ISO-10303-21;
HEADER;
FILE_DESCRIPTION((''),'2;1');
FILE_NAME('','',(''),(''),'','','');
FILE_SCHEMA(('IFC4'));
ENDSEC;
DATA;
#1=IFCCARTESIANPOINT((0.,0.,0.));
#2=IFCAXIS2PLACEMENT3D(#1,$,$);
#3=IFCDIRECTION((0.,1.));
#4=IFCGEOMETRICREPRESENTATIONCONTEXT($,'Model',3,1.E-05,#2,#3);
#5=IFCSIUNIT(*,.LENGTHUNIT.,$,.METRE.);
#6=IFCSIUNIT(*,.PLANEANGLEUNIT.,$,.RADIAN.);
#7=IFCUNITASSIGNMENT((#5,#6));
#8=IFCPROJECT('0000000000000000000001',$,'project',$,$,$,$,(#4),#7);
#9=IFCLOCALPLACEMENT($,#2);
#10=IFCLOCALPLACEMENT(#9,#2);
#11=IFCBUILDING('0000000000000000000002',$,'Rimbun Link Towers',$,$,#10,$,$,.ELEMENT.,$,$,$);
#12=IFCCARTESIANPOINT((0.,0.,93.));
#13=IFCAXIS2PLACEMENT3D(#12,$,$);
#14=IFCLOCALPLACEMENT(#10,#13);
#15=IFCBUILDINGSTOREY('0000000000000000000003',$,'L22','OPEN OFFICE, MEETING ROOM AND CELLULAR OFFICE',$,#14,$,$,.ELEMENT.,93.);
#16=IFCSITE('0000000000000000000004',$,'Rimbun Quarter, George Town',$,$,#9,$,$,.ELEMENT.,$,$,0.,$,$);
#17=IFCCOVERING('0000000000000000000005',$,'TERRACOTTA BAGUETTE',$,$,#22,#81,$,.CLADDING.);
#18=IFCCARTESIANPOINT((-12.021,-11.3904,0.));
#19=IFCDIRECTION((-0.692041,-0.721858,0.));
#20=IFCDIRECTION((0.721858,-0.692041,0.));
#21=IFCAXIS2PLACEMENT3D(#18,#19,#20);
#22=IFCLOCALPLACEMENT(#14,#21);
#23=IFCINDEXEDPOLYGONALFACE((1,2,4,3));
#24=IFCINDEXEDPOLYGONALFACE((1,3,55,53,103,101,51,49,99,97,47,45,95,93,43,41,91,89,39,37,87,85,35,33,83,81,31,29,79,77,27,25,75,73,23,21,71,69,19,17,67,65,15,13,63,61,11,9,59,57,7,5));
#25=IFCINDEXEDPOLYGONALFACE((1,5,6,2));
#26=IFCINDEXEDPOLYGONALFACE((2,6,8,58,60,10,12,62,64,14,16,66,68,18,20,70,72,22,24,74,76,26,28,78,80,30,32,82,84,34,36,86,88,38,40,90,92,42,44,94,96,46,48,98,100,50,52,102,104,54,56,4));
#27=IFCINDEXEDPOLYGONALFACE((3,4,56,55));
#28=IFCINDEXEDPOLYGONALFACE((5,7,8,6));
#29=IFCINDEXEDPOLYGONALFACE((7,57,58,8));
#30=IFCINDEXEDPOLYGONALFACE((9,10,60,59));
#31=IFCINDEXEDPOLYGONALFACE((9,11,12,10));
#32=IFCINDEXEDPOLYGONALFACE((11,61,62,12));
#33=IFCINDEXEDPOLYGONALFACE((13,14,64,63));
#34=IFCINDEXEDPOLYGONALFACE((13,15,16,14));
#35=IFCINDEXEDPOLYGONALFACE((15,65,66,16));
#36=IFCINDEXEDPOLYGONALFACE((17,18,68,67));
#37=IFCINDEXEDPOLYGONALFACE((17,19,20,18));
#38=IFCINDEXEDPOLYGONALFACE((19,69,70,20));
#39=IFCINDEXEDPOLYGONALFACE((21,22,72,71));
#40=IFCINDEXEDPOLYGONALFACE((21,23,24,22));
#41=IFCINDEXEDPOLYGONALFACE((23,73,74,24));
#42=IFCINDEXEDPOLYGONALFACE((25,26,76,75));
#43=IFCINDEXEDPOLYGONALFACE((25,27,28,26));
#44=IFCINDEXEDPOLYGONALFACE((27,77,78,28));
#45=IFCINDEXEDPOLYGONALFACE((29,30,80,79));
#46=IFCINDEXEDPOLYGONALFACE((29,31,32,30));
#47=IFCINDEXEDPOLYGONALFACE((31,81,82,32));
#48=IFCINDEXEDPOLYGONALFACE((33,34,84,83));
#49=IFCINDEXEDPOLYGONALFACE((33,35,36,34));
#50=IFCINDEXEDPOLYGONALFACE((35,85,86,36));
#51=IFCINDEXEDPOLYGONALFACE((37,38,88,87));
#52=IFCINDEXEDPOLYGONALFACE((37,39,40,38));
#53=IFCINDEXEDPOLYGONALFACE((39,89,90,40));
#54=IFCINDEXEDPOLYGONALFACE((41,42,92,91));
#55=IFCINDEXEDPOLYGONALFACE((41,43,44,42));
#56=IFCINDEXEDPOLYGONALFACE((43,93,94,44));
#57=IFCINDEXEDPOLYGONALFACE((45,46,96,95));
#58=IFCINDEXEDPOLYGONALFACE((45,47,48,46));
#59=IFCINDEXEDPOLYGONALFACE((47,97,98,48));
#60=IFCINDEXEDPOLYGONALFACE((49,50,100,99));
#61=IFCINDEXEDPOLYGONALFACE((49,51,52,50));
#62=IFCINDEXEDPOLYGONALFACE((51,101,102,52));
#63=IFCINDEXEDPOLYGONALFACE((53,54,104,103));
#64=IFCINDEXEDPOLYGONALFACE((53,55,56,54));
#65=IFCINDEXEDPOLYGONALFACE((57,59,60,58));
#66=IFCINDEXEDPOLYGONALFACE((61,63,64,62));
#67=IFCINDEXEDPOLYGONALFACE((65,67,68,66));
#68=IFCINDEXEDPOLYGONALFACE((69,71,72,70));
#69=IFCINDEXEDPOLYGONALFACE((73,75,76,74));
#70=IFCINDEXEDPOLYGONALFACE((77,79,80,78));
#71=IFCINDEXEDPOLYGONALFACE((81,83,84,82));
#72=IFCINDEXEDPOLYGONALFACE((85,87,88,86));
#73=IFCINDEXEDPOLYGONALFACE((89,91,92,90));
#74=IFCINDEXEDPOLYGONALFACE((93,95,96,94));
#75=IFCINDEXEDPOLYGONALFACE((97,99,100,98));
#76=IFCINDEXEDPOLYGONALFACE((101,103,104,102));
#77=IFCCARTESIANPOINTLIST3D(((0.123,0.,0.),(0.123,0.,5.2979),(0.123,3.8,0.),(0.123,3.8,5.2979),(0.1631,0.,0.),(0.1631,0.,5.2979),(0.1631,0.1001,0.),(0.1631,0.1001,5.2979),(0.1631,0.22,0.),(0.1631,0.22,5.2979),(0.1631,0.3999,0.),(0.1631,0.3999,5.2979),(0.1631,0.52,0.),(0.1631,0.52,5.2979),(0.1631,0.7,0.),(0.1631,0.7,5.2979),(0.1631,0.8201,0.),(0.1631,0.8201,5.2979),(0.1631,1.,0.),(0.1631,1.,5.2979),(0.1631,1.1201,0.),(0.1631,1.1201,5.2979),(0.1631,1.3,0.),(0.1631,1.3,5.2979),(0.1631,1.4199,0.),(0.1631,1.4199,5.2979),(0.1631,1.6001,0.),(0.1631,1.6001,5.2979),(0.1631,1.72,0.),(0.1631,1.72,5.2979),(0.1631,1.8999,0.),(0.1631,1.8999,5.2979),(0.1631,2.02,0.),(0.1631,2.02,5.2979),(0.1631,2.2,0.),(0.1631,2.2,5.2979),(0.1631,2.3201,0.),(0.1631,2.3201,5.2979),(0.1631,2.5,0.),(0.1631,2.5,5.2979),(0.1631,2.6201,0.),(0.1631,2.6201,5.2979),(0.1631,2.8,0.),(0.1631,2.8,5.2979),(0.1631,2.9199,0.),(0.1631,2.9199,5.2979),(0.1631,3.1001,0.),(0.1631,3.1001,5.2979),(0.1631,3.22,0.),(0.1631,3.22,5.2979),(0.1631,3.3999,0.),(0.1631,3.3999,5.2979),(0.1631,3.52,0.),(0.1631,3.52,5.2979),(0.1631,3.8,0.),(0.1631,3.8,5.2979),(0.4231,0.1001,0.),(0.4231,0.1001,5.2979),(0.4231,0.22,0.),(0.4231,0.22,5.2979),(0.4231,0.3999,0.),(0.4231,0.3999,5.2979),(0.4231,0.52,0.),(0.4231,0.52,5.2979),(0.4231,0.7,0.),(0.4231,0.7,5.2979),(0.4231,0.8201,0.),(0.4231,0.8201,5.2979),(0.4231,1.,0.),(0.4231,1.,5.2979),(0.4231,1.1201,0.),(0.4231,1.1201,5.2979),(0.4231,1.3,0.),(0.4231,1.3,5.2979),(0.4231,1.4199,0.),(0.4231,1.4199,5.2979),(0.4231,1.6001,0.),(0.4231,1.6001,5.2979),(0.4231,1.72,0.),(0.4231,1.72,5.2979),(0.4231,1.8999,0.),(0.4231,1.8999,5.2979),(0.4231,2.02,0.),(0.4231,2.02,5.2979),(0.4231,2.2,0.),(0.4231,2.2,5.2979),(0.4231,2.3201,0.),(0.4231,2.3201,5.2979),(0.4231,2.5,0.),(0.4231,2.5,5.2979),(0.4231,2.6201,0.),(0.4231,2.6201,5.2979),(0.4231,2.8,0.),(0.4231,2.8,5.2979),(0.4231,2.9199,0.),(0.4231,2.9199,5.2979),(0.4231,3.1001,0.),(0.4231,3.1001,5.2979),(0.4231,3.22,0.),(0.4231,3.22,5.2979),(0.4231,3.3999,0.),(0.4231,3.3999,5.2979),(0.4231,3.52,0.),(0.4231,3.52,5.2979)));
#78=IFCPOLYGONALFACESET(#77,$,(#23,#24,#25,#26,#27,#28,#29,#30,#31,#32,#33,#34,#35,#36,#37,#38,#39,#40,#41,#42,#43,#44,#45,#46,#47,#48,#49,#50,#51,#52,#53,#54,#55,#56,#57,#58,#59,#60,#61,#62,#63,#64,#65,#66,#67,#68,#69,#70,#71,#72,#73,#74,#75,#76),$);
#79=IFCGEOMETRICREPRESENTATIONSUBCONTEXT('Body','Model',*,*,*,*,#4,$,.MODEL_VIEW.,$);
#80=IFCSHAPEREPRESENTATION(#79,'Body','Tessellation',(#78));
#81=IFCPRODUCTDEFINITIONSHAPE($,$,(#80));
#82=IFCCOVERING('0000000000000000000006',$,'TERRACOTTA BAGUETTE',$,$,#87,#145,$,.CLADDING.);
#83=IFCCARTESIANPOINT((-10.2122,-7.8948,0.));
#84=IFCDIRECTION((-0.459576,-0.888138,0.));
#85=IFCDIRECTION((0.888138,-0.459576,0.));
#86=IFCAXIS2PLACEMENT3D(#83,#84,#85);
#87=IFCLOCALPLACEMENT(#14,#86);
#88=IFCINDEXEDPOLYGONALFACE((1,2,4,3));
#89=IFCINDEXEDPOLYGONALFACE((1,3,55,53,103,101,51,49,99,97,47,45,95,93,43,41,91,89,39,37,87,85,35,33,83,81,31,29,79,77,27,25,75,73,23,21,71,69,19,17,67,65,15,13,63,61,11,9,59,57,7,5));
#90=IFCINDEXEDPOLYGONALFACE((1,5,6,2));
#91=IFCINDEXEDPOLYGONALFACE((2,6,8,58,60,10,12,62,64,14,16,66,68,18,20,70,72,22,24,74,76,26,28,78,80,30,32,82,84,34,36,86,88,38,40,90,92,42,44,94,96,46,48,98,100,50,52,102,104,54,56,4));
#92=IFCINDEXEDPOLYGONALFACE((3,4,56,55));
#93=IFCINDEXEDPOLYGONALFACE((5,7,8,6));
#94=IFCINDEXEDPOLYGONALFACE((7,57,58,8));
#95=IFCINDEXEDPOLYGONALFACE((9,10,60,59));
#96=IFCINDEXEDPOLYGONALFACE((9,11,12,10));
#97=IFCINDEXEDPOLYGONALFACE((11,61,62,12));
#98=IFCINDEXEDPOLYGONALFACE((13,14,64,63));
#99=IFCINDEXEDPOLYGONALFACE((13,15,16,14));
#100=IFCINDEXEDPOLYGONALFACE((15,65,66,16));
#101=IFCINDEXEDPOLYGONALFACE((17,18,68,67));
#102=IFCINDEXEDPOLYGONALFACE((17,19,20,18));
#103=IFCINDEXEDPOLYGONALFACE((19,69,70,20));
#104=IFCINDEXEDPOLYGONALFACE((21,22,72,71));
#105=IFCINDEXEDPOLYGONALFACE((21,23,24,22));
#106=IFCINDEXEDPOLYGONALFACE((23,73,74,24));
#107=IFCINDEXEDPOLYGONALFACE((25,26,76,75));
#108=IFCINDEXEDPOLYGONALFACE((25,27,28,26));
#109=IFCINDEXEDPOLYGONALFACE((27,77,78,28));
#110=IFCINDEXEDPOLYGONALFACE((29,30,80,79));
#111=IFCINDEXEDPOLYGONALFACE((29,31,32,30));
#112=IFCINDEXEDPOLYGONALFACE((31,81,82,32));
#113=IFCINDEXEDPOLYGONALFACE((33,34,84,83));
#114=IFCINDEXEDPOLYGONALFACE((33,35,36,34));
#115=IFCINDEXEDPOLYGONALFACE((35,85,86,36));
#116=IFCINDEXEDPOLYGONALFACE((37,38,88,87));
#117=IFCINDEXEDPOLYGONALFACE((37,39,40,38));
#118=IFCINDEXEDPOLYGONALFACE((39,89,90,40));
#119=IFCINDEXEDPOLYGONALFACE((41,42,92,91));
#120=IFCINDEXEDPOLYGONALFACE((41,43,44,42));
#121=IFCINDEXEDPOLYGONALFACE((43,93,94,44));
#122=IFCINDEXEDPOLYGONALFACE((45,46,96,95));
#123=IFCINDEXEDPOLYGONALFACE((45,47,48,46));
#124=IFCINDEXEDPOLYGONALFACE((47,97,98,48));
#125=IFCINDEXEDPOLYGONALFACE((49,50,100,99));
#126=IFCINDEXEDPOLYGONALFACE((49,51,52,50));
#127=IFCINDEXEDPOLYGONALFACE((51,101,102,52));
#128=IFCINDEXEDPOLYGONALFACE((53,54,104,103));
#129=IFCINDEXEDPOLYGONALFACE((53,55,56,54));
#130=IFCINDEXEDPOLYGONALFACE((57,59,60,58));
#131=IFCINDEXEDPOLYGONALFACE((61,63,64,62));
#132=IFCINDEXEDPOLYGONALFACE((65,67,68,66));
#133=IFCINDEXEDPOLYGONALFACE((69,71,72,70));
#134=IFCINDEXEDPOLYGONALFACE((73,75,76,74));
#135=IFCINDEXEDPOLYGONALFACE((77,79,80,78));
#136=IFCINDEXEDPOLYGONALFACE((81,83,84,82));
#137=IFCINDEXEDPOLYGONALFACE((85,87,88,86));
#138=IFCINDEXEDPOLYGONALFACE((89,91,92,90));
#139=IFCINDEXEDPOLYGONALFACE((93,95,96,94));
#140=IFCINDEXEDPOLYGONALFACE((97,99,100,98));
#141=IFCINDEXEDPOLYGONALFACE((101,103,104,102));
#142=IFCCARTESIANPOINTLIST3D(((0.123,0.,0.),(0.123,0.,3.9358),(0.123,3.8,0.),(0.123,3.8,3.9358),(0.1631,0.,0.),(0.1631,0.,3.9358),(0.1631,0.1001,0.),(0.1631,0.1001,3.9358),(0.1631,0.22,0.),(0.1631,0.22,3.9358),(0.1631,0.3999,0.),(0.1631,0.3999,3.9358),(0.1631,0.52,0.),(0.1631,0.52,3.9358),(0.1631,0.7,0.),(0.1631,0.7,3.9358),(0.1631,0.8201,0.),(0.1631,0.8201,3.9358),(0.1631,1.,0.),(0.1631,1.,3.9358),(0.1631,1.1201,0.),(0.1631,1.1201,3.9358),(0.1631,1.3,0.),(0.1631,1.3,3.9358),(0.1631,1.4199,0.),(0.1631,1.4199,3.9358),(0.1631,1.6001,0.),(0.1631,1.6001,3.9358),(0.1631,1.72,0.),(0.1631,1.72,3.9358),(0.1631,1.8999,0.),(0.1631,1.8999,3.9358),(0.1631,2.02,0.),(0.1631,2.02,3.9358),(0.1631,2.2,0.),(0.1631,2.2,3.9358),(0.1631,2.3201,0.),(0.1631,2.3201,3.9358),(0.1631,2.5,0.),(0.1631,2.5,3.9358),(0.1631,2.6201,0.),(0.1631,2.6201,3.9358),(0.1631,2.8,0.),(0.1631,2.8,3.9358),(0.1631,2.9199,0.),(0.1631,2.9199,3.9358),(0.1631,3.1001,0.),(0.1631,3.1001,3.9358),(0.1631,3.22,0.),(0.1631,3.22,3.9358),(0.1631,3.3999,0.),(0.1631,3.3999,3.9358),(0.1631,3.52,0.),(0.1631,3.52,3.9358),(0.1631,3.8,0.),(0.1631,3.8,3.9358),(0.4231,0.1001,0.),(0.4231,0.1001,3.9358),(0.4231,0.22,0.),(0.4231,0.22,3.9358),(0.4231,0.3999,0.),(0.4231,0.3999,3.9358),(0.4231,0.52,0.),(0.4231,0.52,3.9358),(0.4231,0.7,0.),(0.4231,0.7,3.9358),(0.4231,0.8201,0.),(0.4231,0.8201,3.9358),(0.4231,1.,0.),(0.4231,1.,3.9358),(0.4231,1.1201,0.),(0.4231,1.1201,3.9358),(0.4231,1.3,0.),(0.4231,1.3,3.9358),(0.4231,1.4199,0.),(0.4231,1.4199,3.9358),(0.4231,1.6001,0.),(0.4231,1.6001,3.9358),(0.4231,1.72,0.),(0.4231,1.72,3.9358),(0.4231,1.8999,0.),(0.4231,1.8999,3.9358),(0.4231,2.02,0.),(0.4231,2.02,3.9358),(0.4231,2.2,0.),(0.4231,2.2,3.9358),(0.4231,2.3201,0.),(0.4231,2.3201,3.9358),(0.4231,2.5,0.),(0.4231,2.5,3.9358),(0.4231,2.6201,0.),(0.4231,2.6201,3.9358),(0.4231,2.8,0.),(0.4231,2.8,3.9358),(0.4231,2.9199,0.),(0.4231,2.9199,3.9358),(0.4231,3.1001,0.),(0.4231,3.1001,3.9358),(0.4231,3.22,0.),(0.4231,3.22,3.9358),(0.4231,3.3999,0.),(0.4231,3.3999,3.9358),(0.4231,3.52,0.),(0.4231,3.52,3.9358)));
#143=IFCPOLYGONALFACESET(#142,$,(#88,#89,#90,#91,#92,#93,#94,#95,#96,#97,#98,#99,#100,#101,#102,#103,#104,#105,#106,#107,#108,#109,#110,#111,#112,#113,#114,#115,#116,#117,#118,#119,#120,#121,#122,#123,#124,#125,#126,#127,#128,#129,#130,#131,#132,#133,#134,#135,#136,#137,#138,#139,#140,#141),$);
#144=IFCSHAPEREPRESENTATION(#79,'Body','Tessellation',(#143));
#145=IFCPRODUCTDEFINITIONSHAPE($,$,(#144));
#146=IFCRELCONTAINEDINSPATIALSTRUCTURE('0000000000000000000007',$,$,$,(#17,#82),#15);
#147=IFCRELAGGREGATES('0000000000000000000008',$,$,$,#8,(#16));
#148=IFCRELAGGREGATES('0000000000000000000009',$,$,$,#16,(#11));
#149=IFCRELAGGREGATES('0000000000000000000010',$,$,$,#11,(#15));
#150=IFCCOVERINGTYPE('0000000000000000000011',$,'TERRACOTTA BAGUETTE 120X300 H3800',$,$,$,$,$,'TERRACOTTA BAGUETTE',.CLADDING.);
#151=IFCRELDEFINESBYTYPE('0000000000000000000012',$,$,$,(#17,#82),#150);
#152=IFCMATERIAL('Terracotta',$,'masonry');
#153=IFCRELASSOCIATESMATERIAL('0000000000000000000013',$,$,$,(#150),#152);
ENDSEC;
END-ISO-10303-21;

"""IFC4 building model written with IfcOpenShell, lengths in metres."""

from ifc_helpers import new_model, si_unit, direction, frame, origin, place, context, subcontext, project, spatial, polyline, outline, extrude, material, material_profile, profile_set, type_object, element, save


model = new_model("IFC4")

# Units and contexts
model_context = context("Model", 3, precision=1e-05, world=origin(), true_north=direction((0.0, 1.0)))
body_context = subcontext(model_context, "Body", "Model", "MODEL_VIEW")
ifc_project = project(units=[si_unit("LENGTHUNIT", "METRE"), si_unit("PLANEANGLEUNIT", "RADIAN")], contexts=[model_context])

# Site, building, storey
site_placement = place(None, origin())
site = spatial("IfcSite", under=ifc_project, at=site_placement, Name="Rimbun Quarter, George Town", CompositionType="ELEMENT", RefElevation=0.0)
building_placement = place(site_placement, origin())
building = spatial("IfcBuilding", under=site, at=building_placement, Name="Rimbun Link Towers", CompositionType="ELEMENT")
storey_placement = place(building_placement, frame((0.0, 0.0, 93.0)))
storey = spatial("IfcBuildingStorey", under=building, at=storey_placement, Name="L22", Description="OPEN OFFICE, MEETING ROOM AND CELLULAR OFFICE", CompositionType="ELEMENT", Elevation=93.0)

# Coverings
ifc_material_1 = material(Name="Terracotta", Category="masonry")
ifc_material_profile_1 = material_profile(ifc_material_1, outline(polyline([(0.123, 0.0), (0.1631, 0.0), (0.1631, 0.1001), (0.4231, 0.1001), (0.4231, 0.22), (0.1631, 0.22), (0.1631, 0.3999), (0.4231, 0.3999), (0.4231, 0.52), (0.1631, 0.52), (0.1631, 0.7), (0.4231, 0.7), (0.4231, 0.8201), (0.1631, 0.8201), (0.1631, 1.0), (0.4231, 1.0), (0.4231, 1.1201), (0.1631, 1.1201), (0.1631, 1.3), (0.4231, 1.3), (0.4231, 1.4199), (0.1631, 1.4199), (0.1631, 1.6001), (0.4231, 1.6001), (0.4231, 1.72), (0.1631, 1.72), (0.1631, 1.8999), (0.4231, 1.8999), (0.4231, 2.02), (0.1631, 2.02), (0.1631, 2.2), (0.4231, 2.2), (0.4231, 2.3201), (0.1631, 2.3201), (0.1631, 2.5), (0.4231, 2.5), (0.4231, 2.6201), (0.1631, 2.6201), (0.1631, 2.8), (0.4231, 2.8), (0.4231, 2.9199), (0.1631, 2.9199), (0.1631, 3.1001), (0.4231, 3.1001), (0.4231, 3.22), (0.1631, 3.22), (0.1631, 3.3999), (0.4231, 3.3999), (0.4231, 3.52), (0.1631, 3.52), (0.1631, 3.8), (0.123, 3.8), (0.123, 0.0)])), Name="BAGUETTE 120X300")
ifc_profile_set_1 = profile_set([ifc_material_profile_1], Name="Terracotta")
covering_type_1 = type_object("IfcCoveringType", Name="TERRACOTTA BAGUETTE 120X300 H3800", ElementType="TERRACOTTA BAGUETTE", PredefinedType="CLADDING", material=ifc_profile_set_1)
covering_1_placement = place(storey_placement, frame((-12.021, -11.3904, 0.0), z_axis=(-0.692041, -0.721858, 0.0), x_axis=(0.721858, -0.692041, 0.0)))
element("IfcCovering", 1, at=covering_1_placement, inside=storey, type_object=covering_type_1, Name="TERRACOTTA BAGUETTE", PredefinedType="CLADDING", context=body_context, shape_type="SweptSolid", body=[
    extrude(outline(polyline([(0.123, 0.0), (0.1631, 0.0), (0.1631, 0.1001), (0.4231, 0.1001), (0.4231, 0.22), (0.1631, 0.22), (0.1631, 0.3999), (0.4231, 0.3999), (0.4231, 0.52), (0.1631, 0.52), (0.1631, 0.7), (0.4231, 0.7), (0.4231, 0.8201), (0.1631, 0.8201), (0.1631, 1.0), (0.4231, 1.0), (0.4231, 1.1201), (0.1631, 1.1201), (0.1631, 1.3), (0.4231, 1.3), (0.4231, 1.4199), (0.1631, 1.4199), (0.1631, 1.6001), (0.4231, 1.6001), (0.4231, 1.72), (0.1631, 1.72), (0.1631, 1.8999), (0.4231, 1.8999), (0.4231, 2.02), (0.1631, 2.02), (0.1631, 2.2), (0.4231, 2.2), (0.4231, 2.3201), (0.1631, 2.3201), (0.1631, 2.5), (0.4231, 2.5), (0.4231, 2.6201), (0.1631, 2.6201), (0.1631, 2.8), (0.4231, 2.8), (0.4231, 2.9199), (0.1631, 2.9199), (0.1631, 3.1001), (0.4231, 3.1001), (0.4231, 3.22), (0.1631, 3.22), (0.1631, 3.3999), (0.4231, 3.3999), (0.4231, 3.52), (0.1631, 3.52), (0.1631, 3.8), (0.123, 3.8), (0.123, 0.0)])), origin(), (0.0, 0.0, 1.0), 5.2979),
])
covering_2_placement = place(storey_placement, frame((-10.2122, -7.8948, 0.0), z_axis=(-0.459576, -0.888138, 0.0), x_axis=(0.888138, -0.459576, 0.0)))
element("IfcCovering", 2, at=covering_2_placement, inside=storey, type_object=covering_type_1, Name="TERRACOTTA BAGUETTE", PredefinedType="CLADDING", context=body_context, shape_type="SweptSolid", body=[
    extrude(outline(polyline([(0.123, 0.0), (0.1631, 0.0), (0.1631, 0.1001), (0.4231, 0.1001), (0.4231, 0.22), (0.1631, 0.22), (0.1631, 0.3999), (0.4231, 0.3999), (0.4231, 0.52), (0.1631, 0.52), (0.1631, 0.7), (0.4231, 0.7), (0.4231, 0.8201), (0.1631, 0.8201), (0.1631, 1.0), (0.4231, 1.0), (0.4231, 1.1201), (0.1631, 1.1201), (0.1631, 1.3), (0.4231, 1.3), (0.4231, 1.4199), (0.1631, 1.4199), (0.1631, 1.6001), (0.4231, 1.6001), (0.4231, 1.72), (0.1631, 1.72), (0.1631, 1.8999), (0.4231, 1.8999), (0.4231, 2.02), (0.1631, 2.02), (0.1631, 2.2), (0.4231, 2.2), (0.4231, 2.3201), (0.1631, 2.3201), (0.1631, 2.5), (0.4231, 2.5), (0.4231, 2.6201), (0.1631, 2.6201), (0.1631, 2.8), (0.4231, 2.8), (0.4231, 2.9199), (0.1631, 2.9199), (0.1631, 3.1001), (0.4231, 3.1001), (0.4231, 3.22), (0.1631, 3.22), (0.1631, 3.3999), (0.4231, 3.3999), (0.4231, 3.52), (0.1631, 3.52), (0.1631, 3.8), (0.123, 3.8), (0.123, 0.0)])), origin(), (0.0, 0.0, 1.0), 3.9358),
])

save(model, "model.ifc")
